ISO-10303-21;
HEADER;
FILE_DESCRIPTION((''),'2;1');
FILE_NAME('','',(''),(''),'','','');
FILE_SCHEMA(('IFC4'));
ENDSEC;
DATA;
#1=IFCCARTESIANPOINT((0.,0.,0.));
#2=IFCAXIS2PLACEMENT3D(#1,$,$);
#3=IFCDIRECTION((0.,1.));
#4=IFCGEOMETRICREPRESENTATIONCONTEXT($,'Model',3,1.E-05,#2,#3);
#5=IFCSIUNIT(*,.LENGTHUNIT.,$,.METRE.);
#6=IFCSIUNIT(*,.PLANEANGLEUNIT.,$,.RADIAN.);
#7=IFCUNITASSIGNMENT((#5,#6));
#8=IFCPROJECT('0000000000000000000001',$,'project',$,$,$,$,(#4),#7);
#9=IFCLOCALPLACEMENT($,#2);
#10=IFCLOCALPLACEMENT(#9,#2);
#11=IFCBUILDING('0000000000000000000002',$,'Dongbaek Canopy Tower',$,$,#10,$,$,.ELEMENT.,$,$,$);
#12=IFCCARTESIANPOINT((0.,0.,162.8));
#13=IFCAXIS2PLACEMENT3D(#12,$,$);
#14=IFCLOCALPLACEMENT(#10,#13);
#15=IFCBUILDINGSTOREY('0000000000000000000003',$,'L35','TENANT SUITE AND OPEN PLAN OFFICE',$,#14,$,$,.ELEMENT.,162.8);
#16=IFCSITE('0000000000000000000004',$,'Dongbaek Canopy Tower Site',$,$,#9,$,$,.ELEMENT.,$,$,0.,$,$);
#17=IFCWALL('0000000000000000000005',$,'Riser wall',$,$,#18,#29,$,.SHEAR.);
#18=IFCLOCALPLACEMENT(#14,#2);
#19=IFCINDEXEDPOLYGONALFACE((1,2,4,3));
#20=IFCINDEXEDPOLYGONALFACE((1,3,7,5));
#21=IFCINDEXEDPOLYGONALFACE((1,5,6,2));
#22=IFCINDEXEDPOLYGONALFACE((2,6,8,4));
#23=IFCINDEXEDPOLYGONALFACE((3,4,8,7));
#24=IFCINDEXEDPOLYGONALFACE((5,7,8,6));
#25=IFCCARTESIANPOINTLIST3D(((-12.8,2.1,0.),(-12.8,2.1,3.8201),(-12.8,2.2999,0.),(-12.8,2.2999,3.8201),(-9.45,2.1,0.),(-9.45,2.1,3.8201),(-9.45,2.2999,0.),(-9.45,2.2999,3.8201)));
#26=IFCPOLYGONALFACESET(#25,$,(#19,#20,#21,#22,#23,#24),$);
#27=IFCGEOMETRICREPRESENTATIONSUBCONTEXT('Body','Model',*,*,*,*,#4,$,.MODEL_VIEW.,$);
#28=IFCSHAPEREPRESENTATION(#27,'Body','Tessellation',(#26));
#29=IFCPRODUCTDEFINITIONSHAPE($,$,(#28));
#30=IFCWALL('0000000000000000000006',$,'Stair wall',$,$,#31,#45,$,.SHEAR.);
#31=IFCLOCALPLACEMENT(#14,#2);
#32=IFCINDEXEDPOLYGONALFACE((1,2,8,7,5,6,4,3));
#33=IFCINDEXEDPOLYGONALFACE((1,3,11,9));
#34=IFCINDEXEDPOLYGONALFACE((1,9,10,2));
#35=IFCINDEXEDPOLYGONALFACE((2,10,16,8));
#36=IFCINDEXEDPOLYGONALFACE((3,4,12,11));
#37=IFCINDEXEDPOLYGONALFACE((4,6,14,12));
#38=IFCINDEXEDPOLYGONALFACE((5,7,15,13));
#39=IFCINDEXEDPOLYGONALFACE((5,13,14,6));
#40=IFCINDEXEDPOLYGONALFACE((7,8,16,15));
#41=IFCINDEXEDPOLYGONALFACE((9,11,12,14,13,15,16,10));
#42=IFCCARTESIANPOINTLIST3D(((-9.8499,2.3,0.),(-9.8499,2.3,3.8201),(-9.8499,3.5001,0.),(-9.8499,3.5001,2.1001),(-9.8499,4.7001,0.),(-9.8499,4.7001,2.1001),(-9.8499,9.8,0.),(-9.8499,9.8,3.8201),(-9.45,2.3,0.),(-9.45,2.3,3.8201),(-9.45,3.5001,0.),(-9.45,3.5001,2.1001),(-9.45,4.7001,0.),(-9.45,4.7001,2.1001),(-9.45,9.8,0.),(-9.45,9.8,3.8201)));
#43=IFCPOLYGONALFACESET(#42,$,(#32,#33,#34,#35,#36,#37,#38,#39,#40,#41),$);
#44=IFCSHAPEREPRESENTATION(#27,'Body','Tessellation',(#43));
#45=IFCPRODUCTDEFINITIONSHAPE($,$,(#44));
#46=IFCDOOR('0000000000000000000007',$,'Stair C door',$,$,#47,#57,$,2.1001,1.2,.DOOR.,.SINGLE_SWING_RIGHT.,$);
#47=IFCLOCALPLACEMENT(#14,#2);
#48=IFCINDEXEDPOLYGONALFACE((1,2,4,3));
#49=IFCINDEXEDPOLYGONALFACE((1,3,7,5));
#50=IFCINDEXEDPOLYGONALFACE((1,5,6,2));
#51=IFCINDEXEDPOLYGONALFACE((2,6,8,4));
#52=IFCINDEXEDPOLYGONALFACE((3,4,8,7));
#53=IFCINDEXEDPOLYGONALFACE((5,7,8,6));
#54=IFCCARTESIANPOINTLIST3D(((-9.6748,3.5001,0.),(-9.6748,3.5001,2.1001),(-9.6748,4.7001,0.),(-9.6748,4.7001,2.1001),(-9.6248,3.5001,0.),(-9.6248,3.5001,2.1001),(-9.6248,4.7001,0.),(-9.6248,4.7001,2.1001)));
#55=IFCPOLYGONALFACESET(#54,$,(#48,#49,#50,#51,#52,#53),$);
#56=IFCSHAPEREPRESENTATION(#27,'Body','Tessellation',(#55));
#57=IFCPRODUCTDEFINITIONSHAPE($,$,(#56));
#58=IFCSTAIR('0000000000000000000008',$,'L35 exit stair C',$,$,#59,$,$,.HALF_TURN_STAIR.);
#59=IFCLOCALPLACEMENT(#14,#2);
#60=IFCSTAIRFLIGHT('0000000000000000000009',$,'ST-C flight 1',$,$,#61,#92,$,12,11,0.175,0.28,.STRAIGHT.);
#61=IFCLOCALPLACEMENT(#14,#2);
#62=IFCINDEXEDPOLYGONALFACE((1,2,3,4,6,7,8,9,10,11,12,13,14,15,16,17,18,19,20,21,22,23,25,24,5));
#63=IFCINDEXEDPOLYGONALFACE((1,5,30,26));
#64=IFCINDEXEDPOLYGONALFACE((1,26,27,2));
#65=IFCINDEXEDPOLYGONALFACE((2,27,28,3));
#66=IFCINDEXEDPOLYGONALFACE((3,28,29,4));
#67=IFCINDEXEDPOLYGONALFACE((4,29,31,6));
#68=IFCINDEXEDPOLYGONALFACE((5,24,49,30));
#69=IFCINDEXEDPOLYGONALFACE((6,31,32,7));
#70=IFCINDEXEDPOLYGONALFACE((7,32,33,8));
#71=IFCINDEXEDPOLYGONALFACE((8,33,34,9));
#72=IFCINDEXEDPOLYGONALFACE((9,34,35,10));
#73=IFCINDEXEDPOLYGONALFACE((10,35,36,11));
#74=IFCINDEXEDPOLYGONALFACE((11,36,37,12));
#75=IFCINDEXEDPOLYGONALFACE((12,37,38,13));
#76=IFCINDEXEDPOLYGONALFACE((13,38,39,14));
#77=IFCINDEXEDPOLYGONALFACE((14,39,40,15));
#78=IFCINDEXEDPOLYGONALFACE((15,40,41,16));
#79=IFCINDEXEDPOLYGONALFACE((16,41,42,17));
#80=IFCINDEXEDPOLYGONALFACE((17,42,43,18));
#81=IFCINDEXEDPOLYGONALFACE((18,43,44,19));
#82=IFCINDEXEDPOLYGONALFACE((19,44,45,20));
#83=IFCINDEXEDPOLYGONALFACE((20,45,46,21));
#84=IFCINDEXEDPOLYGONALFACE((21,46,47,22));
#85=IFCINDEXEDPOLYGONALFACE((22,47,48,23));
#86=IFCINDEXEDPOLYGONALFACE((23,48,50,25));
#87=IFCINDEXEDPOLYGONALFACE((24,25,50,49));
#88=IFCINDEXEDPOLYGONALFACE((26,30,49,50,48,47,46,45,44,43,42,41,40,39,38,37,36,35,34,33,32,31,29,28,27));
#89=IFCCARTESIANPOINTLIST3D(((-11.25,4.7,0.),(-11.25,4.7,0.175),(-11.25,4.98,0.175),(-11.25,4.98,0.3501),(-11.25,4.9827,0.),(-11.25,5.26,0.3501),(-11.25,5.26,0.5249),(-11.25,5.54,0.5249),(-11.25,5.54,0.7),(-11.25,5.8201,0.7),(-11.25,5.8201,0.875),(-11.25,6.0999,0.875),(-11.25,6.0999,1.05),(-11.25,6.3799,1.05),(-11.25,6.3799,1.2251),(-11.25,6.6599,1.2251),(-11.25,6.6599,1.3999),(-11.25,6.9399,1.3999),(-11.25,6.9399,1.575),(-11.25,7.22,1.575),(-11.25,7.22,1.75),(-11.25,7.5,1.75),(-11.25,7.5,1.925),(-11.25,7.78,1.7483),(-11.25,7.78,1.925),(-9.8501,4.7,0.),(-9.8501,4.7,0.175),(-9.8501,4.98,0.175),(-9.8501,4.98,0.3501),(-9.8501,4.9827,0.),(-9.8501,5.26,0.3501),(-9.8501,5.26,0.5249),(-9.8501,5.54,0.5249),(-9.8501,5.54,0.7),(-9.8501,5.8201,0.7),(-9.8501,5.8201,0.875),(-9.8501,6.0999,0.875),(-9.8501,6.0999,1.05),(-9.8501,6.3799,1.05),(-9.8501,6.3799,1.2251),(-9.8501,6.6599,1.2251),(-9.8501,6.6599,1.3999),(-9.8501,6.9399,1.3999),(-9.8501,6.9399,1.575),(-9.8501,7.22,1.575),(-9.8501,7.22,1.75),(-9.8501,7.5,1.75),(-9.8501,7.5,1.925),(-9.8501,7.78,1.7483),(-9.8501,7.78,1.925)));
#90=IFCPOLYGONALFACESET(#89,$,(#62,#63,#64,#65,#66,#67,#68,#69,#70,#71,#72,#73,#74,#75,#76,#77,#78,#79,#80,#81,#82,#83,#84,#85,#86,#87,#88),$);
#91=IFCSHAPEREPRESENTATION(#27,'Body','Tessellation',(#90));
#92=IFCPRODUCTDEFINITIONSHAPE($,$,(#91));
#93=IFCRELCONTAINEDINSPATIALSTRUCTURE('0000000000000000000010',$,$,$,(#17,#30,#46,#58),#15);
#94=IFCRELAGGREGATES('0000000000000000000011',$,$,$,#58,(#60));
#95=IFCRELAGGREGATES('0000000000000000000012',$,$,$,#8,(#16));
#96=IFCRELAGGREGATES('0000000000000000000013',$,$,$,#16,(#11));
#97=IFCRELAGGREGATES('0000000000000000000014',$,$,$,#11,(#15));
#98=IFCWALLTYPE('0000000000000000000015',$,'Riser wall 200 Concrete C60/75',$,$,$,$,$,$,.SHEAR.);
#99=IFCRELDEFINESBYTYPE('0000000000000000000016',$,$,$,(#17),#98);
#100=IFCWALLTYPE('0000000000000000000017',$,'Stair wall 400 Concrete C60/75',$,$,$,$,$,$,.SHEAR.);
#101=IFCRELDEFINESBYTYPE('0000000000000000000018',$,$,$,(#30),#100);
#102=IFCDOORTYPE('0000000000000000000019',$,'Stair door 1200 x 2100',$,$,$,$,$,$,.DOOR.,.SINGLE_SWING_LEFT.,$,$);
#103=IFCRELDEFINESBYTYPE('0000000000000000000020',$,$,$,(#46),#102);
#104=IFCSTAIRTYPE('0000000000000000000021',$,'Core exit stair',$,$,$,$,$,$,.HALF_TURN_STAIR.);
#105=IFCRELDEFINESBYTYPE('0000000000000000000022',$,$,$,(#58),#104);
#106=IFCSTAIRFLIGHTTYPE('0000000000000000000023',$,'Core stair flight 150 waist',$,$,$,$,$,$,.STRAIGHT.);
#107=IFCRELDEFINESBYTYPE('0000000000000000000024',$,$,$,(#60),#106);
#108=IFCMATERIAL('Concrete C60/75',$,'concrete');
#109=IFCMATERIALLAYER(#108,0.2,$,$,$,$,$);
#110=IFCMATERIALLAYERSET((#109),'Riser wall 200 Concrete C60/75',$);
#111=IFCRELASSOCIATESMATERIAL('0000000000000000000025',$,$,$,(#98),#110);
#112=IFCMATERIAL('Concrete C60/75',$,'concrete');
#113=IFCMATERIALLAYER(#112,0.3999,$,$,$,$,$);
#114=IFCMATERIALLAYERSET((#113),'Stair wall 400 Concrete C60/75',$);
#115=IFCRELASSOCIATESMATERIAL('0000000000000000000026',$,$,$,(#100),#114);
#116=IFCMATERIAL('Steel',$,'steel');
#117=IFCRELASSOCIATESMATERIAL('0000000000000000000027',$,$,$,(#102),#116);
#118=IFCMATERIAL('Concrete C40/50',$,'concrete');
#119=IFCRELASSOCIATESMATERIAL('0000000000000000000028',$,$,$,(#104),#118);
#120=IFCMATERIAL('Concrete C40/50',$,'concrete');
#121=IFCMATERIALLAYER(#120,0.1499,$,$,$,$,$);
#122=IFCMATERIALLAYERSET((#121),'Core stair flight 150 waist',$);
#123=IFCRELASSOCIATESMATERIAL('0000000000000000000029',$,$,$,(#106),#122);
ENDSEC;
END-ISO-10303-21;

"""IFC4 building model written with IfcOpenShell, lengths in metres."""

from ifc_helpers import new_model, si_unit, direction, frame, frame_2d, origin, place, context, subcontext, project, spatial, polyline, rectangle, outline, extrude, material, layer, layer_set, type_object, element, fill, aggregate, save


model = new_model("IFC4")

# Units and contexts
model_context = context("Model", 3, precision=1e-05, world=origin(), true_north=direction((0.0, 1.0)))
body_context = subcontext(model_context, "Body", "Model", "MODEL_VIEW")
ifc_project = project(units=[si_unit("LENGTHUNIT", "METRE"), si_unit("PLANEANGLEUNIT", "RADIAN")], contexts=[model_context])

# Site, building, storey
site_placement = place(None, origin())
site = spatial("IfcSite", under=ifc_project, at=site_placement, Name="Dongbaek Canopy Tower Site", CompositionType="ELEMENT", RefElevation=0.0)
building_placement = place(site_placement, origin())
building = spatial("IfcBuilding", under=site, at=building_placement, Name="Dongbaek Canopy Tower", CompositionType="ELEMENT")
storey_placement = place(building_placement, frame((0.0, 0.0, 162.8)))
storey = spatial("IfcBuildingStorey", under=building, at=storey_placement, Name="L35", Description="TENANT SUITE AND OPEN PLAN OFFICE", CompositionType="ELEMENT", Elevation=162.8)

# Wall
ifc_material_1 = material(Name="Concrete C60/75", Category="concrete")
ifc_layer_1 = layer(ifc_material_1, 0.2)
ifc_layer_set_1 = layer_set([ifc_layer_1], Name="Riser wall 200 Concrete C60/75")
wall_type_1 = type_object("IfcWallType", Name="Riser wall 200 Concrete C60/75", PredefinedType="SHEAR", material=ifc_layer_set_1)
wall_1_placement = place(storey_placement, frame((-9.45, 2.2, 0.0), z_axis=(0.0, 0.0, 1.0), x_axis=(-1.0, 0.0, 0.0)))
element("IfcWall", 1, at=wall_1_placement, inside=storey, type_object=wall_type_1, Name="Riser wall", PredefinedType="SHEAR", context=body_context, shape_type="SweptSolid", body=[
    extrude(rectangle(XDim=3.3501, YDim=0.2, at=frame_2d((1.675, 0.0))), origin(), (0.0, 0.0, 1.0), 3.8201),
])

# Wall, opening, door
ifc_material_2 = material(Name="Concrete C60/75", Category="concrete")
ifc_layer_2 = layer(ifc_material_2, 0.3999)
ifc_layer_set_2 = layer_set([ifc_layer_2], Name="Stair wall 400 Concrete C60/75")
wall_type_2 = type_object("IfcWallType", Name="Stair wall 400 Concrete C60/75", PredefinedType="SHEAR", material=ifc_layer_set_2)
wall_2_placement = place(storey_placement, frame((-9.6499, 2.3, 0.0), z_axis=(0.0, 0.0, 1.0), x_axis=(0.0, 1.0, 0.0)))
wall_2 = element("IfcWall", 2, at=wall_2_placement, inside=storey, type_object=wall_type_2, Name="Stair wall", PredefinedType="SHEAR", context=body_context, shape_type="SweptSolid", body=[
    extrude(rectangle(XDim=7.5, YDim=0.3999, at=frame_2d((3.75, 0.0))), origin(), (0.0, 0.0, 1.0), 3.8201),
])
opening_1_placement = place(wall_2_placement, frame((1.2, 0.0, 0.0)))
opening_1 = element("IfcOpeningElement", 3, at=opening_1_placement, cuts=wall_2, PredefinedType="OPENING", context=body_context, shape_type="SweptSolid", body=[
    extrude(rectangle(XDim=1.2, YDim=2.1001, at=frame_2d((0.6001, 1.05))), frame((0.0, 0.21, 0.0), z_axis=(0.0, -1.0, 0.0), x_axis=(1.0, 0.0, 0.0)), (0.0, 0.0, 1.0), 0.4199),
])
ifc_material_3 = material(Name="Steel", Category="steel")
door_type_1 = type_object("IfcDoorType", Name="Stair door 1200 x 2100", OperationType="SINGLE_SWING_LEFT", PredefinedType="DOOR", material=ifc_material_3)
door_1_placement = place(opening_1_placement, origin())
door_1 = element("IfcDoor", 4, at=door_1_placement, inside=storey, type_object=door_type_1, Name="Stair C door", OperationType="SINGLE_SWING_RIGHT", OverallHeight=2.1001, OverallWidth=1.2, PredefinedType="DOOR", context=body_context, shape_type="SweptSolid", body=[
    extrude(rectangle(XDim=1.2, YDim=2.1001, at=frame_2d((0.6001, 1.05))), frame((0.0, 0.0249, 0.0), z_axis=(0.0, -1.0, 0.0), x_axis=(1.0, 0.0, 0.0)), (0.0, 0.0, 1.0), 0.05),
])
fill(opening_1, door_1)

# Stair, stair flight
ifc_material_4 = material(Name="Concrete C40/50", Category="concrete")
stair_type = type_object("IfcStairType", Name="Core exit stair", PredefinedType="HALF_TURN_STAIR", material=ifc_material_4)
stair_placement = place(storey_placement, origin())
stair = element("IfcStair", 5, at=stair_placement, inside=storey, type_object=stair_type, Name="L35 exit stair C", PredefinedType="HALF_TURN_STAIR")
ifc_material_5 = material(Name="Concrete C40/50", Category="concrete")
ifc_layer_3 = layer(ifc_material_5, 0.1499)
ifc_layer_set_3 = layer_set([ifc_layer_3], Name="Core stair flight 150 waist")
stair_flight_type = type_object("IfcStairFlightType", Name="Core stair flight 150 waist", PredefinedType="STRAIGHT", material=ifc_layer_set_3)
stair_flight_placement = place(storey_placement, frame((-10.55, 4.7, 0.0), z_axis=(0.0, 0.0, 1.0), x_axis=(0.0, 1.0, 0.0)))
stair_flight = element("IfcStairFlight", 6, at=stair_flight_placement, type_object=stair_flight_type, Name="ST-C flight 1", NumberOfRisers=12, NumberOfTreads=11, PredefinedType="STRAIGHT", RiserHeight=0.175, TreadLength=0.28, context=body_context, shape_type="SweptSolid", body=[
    extrude(outline(polyline([(0.0, 0.0), (0.0, 0.175), (0.28, 0.175), (0.28, 0.3501), (0.5601, 0.3501), (0.5601, 0.5249), (0.8401, 0.5249), (0.8401, 0.7), (1.1201, 0.7), (1.1201, 0.875), (1.3999, 0.875), (1.3999, 1.05), (1.6799, 1.05), (1.6799, 1.2251), (1.96, 1.2251), (1.96, 1.3999), (2.24, 1.3999), (2.24, 1.575), (2.52, 1.575), (2.52, 1.75), (2.8, 1.75), (2.8, 1.925), (3.0801, 1.925), (3.0801, 2.1001), (3.0801, 1.7483), (0.2827, 0.0), (0.0, 0.0)])), frame((0.0, 0.7, 0.0), z_axis=(0.0, -1.0, 0.0), x_axis=(1.0, 0.0, 0.0)), (0.0, 0.0, 1.0), 1.3999),
])
aggregate(stair, [stair_flight])

save(model, "model.ifc")
